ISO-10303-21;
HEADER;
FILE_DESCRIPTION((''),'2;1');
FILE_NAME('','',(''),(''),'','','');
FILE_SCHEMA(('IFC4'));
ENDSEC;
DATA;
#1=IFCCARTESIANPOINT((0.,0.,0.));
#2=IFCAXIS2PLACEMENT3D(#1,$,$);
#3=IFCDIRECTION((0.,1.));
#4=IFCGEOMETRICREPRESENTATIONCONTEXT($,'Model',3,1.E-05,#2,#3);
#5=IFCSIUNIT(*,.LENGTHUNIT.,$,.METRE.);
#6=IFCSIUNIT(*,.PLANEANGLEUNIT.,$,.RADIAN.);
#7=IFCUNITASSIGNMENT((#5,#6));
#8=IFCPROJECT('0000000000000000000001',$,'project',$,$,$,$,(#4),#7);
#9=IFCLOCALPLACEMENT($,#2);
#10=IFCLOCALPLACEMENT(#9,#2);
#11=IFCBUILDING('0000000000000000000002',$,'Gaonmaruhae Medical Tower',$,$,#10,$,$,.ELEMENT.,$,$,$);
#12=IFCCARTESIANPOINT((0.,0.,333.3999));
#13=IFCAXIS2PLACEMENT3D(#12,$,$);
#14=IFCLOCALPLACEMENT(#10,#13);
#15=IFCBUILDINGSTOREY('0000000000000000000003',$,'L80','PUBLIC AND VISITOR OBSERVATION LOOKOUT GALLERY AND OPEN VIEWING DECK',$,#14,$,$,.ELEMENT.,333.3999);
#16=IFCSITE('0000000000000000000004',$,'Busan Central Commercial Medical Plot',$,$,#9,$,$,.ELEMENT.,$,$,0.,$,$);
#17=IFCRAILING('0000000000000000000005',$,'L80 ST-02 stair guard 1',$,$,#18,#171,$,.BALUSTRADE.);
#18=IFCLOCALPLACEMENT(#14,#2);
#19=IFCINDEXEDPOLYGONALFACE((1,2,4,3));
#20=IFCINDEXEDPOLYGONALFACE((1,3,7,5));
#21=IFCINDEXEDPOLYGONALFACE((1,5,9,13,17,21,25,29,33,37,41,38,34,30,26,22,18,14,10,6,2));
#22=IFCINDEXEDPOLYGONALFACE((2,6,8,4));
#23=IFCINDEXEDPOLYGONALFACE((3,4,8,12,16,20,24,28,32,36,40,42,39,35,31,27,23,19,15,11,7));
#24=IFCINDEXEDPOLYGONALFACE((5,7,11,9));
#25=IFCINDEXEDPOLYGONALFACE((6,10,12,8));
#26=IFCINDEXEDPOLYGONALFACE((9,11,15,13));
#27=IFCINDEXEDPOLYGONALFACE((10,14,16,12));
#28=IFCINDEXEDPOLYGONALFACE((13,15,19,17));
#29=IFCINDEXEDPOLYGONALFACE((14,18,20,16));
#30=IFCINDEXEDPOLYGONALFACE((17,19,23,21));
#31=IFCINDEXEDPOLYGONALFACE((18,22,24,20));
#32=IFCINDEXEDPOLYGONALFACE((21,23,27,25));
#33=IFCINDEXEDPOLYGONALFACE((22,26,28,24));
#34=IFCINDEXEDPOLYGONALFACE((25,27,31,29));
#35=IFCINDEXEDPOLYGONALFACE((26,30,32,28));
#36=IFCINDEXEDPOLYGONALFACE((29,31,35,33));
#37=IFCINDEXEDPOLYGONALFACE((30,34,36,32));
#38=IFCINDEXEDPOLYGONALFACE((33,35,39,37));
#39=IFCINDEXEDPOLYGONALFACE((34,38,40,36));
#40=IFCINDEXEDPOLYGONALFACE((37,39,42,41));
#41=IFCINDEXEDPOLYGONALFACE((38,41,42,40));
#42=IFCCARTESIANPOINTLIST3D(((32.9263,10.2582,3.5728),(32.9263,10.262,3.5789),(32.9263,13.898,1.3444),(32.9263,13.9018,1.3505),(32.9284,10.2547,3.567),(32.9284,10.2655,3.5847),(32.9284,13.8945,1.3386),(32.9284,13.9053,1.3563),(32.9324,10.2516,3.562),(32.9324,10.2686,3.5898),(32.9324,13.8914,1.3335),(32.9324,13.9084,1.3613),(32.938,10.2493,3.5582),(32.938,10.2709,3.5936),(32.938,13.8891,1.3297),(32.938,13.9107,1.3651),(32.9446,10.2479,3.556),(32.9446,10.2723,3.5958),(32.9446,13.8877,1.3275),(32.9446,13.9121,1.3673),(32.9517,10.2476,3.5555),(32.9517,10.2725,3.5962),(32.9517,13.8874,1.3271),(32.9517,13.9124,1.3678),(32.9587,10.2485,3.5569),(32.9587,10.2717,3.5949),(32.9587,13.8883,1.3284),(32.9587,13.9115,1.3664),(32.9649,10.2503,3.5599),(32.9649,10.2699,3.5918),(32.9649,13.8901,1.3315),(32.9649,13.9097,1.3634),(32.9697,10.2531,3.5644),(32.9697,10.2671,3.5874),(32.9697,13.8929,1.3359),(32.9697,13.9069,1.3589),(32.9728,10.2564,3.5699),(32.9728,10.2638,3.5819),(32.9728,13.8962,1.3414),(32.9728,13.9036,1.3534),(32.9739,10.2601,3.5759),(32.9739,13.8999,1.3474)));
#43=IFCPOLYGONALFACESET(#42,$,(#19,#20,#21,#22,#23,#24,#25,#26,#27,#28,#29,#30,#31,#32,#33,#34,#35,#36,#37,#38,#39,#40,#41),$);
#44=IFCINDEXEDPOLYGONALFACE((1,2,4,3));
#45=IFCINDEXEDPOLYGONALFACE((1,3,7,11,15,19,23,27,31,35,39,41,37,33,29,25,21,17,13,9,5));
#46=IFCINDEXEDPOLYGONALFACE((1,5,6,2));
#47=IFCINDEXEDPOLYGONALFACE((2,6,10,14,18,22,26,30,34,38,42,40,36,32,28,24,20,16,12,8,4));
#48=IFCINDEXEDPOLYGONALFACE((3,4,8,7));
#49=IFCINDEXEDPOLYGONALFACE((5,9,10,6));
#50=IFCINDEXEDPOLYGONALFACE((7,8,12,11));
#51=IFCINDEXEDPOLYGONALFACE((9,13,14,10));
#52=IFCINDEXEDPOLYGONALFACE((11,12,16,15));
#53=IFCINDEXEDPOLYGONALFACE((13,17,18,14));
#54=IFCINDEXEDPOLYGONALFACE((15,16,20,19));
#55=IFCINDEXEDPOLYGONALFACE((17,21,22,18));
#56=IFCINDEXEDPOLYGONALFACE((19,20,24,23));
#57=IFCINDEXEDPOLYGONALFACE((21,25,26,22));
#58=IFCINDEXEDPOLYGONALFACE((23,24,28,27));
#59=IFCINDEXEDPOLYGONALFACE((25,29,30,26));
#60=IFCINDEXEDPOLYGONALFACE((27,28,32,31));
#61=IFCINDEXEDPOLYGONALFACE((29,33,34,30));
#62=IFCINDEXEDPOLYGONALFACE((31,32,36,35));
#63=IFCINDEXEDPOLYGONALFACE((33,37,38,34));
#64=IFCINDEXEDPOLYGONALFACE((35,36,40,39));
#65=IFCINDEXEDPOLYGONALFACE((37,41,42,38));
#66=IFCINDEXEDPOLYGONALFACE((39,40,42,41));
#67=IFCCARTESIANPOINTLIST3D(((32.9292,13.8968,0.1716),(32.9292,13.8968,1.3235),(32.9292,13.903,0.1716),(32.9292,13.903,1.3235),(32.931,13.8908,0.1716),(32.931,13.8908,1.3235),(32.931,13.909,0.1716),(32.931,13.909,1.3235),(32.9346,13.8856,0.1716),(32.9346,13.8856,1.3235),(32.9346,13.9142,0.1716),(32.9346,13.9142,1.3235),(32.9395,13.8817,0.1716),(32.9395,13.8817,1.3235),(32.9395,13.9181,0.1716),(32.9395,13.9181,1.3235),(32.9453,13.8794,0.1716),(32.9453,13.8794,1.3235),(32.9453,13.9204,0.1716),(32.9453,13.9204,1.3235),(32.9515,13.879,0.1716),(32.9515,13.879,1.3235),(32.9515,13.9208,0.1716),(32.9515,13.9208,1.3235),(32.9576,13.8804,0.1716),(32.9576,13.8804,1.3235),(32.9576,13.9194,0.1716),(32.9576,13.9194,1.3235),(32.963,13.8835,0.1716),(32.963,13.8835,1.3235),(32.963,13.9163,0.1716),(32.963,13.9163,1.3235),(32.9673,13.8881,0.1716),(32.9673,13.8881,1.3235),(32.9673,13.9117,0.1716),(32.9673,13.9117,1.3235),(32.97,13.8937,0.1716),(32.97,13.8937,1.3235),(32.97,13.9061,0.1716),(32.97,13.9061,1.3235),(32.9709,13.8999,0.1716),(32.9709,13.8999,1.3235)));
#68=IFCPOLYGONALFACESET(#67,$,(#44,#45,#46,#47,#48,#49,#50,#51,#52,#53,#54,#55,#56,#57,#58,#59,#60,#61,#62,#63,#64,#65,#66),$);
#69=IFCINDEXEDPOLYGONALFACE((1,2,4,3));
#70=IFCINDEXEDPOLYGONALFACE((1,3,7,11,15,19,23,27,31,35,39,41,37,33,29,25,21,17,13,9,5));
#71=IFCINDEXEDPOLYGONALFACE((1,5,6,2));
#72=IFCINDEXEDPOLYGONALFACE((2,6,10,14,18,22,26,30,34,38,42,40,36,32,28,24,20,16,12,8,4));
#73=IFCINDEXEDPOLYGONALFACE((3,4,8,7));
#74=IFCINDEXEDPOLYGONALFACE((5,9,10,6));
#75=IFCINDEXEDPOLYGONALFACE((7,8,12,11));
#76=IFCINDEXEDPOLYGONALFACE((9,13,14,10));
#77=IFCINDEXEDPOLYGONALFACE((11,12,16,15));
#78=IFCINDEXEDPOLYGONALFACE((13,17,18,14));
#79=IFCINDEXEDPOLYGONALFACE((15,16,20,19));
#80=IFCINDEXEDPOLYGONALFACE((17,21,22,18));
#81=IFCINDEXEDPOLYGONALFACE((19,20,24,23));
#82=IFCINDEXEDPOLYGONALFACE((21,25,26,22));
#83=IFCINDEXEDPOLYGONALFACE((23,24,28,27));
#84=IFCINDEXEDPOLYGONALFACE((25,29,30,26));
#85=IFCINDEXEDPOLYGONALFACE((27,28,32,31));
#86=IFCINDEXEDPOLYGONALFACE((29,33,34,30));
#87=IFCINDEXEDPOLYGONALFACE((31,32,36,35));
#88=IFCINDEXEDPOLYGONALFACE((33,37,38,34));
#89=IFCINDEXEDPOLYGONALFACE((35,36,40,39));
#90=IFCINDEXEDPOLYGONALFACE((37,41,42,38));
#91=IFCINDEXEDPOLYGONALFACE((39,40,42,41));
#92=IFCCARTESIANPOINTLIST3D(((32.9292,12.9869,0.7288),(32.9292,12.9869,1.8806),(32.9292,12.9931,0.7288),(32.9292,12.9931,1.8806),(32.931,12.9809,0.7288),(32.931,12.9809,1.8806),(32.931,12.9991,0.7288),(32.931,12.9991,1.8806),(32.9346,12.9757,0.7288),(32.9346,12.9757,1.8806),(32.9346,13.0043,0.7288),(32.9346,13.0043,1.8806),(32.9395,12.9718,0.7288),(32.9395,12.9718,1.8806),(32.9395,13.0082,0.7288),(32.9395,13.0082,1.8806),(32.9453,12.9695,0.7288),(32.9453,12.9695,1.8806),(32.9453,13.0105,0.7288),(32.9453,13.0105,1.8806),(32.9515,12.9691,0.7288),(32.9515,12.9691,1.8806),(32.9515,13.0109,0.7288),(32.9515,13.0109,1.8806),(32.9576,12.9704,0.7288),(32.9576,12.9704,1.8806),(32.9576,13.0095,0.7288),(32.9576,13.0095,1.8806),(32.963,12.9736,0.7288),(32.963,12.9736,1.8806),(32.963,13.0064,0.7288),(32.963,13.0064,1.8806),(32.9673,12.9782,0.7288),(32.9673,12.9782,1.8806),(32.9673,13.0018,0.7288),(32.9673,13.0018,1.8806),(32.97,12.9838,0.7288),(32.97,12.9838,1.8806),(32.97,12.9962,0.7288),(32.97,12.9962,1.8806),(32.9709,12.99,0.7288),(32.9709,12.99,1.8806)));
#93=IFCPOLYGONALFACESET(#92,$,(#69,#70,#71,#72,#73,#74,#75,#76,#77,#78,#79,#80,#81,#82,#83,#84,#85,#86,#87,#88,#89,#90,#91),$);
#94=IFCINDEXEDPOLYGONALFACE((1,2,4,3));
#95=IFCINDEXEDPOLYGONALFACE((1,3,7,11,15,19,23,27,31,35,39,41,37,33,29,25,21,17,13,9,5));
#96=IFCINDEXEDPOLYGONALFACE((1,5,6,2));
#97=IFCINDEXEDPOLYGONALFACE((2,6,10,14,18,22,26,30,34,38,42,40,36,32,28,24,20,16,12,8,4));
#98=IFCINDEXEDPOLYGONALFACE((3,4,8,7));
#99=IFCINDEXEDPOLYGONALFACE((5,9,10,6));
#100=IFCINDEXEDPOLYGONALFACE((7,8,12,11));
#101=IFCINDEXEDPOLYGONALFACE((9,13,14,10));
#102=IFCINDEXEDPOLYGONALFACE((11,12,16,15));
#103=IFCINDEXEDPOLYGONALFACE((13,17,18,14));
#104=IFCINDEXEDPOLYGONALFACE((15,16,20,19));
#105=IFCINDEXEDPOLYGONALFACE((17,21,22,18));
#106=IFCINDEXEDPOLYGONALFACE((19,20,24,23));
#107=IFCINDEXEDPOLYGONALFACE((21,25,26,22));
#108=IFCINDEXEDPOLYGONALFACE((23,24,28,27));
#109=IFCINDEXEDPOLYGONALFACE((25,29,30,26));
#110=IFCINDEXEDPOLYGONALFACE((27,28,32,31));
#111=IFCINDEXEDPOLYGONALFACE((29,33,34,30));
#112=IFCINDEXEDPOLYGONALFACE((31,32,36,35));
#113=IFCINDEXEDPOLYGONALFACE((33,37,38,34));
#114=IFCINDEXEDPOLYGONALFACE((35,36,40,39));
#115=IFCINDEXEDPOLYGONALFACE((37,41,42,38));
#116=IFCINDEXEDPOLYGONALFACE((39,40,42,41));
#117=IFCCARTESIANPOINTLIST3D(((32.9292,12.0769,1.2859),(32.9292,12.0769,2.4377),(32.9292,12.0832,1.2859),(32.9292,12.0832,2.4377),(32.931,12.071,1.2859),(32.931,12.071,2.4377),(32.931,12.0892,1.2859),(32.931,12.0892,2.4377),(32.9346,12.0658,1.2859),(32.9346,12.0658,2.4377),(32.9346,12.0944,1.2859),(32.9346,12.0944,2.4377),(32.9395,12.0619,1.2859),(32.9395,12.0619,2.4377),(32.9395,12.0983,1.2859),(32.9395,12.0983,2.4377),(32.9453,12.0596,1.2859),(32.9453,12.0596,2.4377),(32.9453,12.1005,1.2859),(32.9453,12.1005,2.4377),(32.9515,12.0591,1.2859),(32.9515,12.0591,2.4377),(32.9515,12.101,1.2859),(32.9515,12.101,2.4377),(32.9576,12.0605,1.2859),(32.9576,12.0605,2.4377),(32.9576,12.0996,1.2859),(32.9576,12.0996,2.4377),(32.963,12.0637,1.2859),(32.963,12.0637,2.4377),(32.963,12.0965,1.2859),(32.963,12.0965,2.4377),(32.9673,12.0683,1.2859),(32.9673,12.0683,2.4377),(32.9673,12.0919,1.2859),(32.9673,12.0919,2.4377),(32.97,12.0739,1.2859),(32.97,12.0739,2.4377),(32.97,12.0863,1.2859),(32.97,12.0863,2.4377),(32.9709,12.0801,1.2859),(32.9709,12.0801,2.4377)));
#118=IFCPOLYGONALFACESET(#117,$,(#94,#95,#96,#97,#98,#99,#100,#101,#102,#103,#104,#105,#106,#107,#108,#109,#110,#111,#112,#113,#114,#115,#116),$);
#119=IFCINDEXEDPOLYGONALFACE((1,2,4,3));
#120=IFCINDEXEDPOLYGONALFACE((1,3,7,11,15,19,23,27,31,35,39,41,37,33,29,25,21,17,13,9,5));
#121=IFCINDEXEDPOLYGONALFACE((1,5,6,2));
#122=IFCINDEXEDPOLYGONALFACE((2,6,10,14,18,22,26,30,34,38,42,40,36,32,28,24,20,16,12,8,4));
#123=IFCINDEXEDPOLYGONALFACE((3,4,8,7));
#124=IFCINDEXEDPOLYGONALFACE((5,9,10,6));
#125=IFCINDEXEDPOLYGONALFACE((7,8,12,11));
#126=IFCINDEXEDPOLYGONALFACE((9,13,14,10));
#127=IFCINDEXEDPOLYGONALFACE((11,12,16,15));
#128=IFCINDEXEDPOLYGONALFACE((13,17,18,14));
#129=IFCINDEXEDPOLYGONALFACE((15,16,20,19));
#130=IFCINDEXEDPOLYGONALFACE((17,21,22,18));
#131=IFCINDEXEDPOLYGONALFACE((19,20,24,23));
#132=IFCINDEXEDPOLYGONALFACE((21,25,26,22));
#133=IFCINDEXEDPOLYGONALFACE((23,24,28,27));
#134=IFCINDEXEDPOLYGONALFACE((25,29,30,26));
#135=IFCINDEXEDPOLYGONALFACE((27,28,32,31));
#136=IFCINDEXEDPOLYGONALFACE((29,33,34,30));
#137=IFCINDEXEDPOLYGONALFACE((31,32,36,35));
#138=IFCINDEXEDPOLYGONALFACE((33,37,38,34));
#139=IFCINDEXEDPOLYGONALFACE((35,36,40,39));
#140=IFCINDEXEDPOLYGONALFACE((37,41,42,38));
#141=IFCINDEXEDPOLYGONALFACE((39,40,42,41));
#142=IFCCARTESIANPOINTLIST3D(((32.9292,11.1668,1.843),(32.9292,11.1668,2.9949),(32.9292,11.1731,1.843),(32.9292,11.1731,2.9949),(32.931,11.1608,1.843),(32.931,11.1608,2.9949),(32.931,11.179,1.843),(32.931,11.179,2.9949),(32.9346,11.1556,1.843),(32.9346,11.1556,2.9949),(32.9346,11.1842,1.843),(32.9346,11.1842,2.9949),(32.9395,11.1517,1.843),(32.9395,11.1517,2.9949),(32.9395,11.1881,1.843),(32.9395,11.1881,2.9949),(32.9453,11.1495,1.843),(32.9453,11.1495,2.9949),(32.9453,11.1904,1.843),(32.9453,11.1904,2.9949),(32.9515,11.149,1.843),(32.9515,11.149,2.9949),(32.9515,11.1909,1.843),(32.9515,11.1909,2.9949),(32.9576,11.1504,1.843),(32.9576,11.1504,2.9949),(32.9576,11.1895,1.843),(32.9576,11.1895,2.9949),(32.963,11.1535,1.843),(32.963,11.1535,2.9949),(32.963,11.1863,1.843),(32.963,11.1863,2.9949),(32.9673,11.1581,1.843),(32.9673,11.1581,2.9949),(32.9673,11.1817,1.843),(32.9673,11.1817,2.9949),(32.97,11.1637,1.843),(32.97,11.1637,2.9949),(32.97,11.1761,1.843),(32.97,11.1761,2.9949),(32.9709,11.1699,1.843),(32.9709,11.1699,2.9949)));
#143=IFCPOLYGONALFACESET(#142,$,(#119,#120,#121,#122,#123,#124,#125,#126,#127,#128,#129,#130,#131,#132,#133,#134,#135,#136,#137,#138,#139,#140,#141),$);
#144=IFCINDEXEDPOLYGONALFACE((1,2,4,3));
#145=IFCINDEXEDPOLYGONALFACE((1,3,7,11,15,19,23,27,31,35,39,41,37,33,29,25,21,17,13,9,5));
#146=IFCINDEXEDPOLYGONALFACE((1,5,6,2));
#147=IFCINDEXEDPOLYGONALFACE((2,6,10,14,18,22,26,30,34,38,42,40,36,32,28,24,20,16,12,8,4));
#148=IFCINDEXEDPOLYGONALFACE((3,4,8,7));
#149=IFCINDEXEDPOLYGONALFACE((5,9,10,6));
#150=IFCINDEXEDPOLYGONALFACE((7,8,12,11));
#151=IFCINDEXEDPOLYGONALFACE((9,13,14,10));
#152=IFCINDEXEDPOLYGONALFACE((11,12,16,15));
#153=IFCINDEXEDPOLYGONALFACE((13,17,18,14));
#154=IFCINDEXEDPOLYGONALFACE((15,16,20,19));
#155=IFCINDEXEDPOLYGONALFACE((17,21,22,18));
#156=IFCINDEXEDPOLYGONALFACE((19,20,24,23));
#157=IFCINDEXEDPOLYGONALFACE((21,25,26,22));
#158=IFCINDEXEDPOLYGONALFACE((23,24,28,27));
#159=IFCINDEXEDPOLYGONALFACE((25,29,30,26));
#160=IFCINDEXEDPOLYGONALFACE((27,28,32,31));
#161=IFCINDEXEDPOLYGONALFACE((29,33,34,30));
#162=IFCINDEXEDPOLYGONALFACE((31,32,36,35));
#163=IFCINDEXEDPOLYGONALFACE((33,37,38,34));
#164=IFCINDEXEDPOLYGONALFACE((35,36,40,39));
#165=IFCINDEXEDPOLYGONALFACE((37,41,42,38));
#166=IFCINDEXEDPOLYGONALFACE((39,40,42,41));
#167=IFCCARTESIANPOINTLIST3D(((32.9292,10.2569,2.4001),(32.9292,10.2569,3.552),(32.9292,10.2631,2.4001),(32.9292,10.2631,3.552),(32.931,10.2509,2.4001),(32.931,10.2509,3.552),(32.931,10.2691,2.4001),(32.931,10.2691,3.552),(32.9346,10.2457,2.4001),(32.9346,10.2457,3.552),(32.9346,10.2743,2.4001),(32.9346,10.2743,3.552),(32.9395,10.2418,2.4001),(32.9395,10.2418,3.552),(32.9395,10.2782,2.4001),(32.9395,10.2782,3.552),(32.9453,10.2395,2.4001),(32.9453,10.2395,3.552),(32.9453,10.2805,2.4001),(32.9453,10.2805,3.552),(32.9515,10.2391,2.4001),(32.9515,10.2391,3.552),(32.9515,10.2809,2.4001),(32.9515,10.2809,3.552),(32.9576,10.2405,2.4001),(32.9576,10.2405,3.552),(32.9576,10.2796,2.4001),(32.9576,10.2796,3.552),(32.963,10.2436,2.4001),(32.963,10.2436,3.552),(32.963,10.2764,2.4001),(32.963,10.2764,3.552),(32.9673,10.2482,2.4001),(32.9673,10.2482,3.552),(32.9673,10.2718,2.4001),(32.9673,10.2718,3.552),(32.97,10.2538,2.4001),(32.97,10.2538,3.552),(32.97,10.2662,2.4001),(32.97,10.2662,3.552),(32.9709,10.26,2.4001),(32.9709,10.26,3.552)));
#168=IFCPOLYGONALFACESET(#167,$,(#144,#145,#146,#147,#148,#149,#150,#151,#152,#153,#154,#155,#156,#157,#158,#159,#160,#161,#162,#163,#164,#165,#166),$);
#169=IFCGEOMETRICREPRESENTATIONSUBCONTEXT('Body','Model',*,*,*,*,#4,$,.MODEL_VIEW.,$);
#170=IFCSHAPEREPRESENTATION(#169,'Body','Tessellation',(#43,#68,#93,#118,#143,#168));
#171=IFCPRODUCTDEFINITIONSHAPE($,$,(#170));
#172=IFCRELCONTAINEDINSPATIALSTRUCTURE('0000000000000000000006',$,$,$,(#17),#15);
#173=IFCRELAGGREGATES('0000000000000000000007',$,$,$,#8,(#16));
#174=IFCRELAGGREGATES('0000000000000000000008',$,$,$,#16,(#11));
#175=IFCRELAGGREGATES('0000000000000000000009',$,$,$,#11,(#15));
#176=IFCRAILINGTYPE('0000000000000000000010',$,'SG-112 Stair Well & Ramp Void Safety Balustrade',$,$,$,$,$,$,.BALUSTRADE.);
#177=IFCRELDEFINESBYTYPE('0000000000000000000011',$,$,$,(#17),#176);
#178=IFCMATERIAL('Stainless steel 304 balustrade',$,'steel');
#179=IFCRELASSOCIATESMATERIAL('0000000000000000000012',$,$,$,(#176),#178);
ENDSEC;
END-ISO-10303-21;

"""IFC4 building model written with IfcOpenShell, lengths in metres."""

from ifc_helpers import new_model, si_unit, direction, frame, origin, origin_2d, place, context, subcontext, project, spatial, circle, extrude, material, type_object, element, save


model = new_model("IFC4")

# Units and contexts
model_context = context("Model", 3, precision=1e-05, world=origin(), true_north=direction((0.0, 1.0)))
body_context = subcontext(model_context, "Body", "Model", "MODEL_VIEW")
ifc_project = project(units=[si_unit("LENGTHUNIT", "METRE"), si_unit("PLANEANGLEUNIT", "RADIAN")], contexts=[model_context])

# Site, building, storey
site_placement = place(None, origin())
site = spatial("IfcSite", under=ifc_project, at=site_placement, Name="Busan Central Commercial Medical Plot", CompositionType="ELEMENT", RefElevation=0.0)
building_placement = place(site_placement, origin())
building = spatial("IfcBuilding", under=site, at=building_placement, Name="Gaonmaruhae Medical Tower", CompositionType="ELEMENT")
storey_placement = place(building_placement, frame((0.0, 0.0, 333.3999)))
storey = spatial("IfcBuildingStorey", under=building, at=storey_placement, Name="L80", Description="PUBLIC AND VISITOR OBSERVATION LOOKOUT GALLERY AND OPEN VIEWING DECK", CompositionType="ELEMENT", Elevation=333.3999)

# Railing
ifc_material_1 = material(Name="Stainless steel 304 balustrade", Category="steel")
railing_type_1 = type_object("IfcRailingType", Name="SG-112 Stair Well & Ramp Void Safety Balustrade", PredefinedType="BALUSTRADE", material=ifc_material_1)
railing_1_placement = place(storey_placement, frame((32.95, 13.8999, 0.1716)))
element("IfcRailing", 1, at=railing_1_placement, inside=storey, type_object=railing_type_1, Name="L80 ST-02 stair guard 1", PredefinedType="BALUSTRADE", context=body_context, shape_type="SweptSolid", body=[
    extrude(circle(Radius=0.0239, at=origin_2d()), frame((0.0, 0.0, 1.1758), z_axis=(0.0, -0.85285, 0.522156), x_axis=(1.0, 0.0, 0.0)), (0.0, 0.0, 1.0), 4.2678),
    extrude(circle(Radius=0.021, at=origin_2d()), origin(), (0.0, 0.0, 1.0), 1.1519),
    extrude(circle(Radius=0.021, at=origin_2d()), frame((0.0, -0.9099, 0.5571)), (0.0, 0.0, 1.0), 1.1519),
    extrude(circle(Radius=0.021, at=origin_2d()), frame((0.0, -1.8198, 1.1143)), (0.0, 0.0, 1.0), 1.1519),
    extrude(circle(Radius=0.021, at=origin_2d()), frame((0.0, -2.73, 1.6714)), (0.0, 0.0, 1.0), 1.1519),
    extrude(circle(Radius=0.021, at=origin_2d()), frame((0.0, -3.6399, 2.2285)), (0.0, 0.0, 1.0), 1.1519),
])

save(model, "model.ifc")
